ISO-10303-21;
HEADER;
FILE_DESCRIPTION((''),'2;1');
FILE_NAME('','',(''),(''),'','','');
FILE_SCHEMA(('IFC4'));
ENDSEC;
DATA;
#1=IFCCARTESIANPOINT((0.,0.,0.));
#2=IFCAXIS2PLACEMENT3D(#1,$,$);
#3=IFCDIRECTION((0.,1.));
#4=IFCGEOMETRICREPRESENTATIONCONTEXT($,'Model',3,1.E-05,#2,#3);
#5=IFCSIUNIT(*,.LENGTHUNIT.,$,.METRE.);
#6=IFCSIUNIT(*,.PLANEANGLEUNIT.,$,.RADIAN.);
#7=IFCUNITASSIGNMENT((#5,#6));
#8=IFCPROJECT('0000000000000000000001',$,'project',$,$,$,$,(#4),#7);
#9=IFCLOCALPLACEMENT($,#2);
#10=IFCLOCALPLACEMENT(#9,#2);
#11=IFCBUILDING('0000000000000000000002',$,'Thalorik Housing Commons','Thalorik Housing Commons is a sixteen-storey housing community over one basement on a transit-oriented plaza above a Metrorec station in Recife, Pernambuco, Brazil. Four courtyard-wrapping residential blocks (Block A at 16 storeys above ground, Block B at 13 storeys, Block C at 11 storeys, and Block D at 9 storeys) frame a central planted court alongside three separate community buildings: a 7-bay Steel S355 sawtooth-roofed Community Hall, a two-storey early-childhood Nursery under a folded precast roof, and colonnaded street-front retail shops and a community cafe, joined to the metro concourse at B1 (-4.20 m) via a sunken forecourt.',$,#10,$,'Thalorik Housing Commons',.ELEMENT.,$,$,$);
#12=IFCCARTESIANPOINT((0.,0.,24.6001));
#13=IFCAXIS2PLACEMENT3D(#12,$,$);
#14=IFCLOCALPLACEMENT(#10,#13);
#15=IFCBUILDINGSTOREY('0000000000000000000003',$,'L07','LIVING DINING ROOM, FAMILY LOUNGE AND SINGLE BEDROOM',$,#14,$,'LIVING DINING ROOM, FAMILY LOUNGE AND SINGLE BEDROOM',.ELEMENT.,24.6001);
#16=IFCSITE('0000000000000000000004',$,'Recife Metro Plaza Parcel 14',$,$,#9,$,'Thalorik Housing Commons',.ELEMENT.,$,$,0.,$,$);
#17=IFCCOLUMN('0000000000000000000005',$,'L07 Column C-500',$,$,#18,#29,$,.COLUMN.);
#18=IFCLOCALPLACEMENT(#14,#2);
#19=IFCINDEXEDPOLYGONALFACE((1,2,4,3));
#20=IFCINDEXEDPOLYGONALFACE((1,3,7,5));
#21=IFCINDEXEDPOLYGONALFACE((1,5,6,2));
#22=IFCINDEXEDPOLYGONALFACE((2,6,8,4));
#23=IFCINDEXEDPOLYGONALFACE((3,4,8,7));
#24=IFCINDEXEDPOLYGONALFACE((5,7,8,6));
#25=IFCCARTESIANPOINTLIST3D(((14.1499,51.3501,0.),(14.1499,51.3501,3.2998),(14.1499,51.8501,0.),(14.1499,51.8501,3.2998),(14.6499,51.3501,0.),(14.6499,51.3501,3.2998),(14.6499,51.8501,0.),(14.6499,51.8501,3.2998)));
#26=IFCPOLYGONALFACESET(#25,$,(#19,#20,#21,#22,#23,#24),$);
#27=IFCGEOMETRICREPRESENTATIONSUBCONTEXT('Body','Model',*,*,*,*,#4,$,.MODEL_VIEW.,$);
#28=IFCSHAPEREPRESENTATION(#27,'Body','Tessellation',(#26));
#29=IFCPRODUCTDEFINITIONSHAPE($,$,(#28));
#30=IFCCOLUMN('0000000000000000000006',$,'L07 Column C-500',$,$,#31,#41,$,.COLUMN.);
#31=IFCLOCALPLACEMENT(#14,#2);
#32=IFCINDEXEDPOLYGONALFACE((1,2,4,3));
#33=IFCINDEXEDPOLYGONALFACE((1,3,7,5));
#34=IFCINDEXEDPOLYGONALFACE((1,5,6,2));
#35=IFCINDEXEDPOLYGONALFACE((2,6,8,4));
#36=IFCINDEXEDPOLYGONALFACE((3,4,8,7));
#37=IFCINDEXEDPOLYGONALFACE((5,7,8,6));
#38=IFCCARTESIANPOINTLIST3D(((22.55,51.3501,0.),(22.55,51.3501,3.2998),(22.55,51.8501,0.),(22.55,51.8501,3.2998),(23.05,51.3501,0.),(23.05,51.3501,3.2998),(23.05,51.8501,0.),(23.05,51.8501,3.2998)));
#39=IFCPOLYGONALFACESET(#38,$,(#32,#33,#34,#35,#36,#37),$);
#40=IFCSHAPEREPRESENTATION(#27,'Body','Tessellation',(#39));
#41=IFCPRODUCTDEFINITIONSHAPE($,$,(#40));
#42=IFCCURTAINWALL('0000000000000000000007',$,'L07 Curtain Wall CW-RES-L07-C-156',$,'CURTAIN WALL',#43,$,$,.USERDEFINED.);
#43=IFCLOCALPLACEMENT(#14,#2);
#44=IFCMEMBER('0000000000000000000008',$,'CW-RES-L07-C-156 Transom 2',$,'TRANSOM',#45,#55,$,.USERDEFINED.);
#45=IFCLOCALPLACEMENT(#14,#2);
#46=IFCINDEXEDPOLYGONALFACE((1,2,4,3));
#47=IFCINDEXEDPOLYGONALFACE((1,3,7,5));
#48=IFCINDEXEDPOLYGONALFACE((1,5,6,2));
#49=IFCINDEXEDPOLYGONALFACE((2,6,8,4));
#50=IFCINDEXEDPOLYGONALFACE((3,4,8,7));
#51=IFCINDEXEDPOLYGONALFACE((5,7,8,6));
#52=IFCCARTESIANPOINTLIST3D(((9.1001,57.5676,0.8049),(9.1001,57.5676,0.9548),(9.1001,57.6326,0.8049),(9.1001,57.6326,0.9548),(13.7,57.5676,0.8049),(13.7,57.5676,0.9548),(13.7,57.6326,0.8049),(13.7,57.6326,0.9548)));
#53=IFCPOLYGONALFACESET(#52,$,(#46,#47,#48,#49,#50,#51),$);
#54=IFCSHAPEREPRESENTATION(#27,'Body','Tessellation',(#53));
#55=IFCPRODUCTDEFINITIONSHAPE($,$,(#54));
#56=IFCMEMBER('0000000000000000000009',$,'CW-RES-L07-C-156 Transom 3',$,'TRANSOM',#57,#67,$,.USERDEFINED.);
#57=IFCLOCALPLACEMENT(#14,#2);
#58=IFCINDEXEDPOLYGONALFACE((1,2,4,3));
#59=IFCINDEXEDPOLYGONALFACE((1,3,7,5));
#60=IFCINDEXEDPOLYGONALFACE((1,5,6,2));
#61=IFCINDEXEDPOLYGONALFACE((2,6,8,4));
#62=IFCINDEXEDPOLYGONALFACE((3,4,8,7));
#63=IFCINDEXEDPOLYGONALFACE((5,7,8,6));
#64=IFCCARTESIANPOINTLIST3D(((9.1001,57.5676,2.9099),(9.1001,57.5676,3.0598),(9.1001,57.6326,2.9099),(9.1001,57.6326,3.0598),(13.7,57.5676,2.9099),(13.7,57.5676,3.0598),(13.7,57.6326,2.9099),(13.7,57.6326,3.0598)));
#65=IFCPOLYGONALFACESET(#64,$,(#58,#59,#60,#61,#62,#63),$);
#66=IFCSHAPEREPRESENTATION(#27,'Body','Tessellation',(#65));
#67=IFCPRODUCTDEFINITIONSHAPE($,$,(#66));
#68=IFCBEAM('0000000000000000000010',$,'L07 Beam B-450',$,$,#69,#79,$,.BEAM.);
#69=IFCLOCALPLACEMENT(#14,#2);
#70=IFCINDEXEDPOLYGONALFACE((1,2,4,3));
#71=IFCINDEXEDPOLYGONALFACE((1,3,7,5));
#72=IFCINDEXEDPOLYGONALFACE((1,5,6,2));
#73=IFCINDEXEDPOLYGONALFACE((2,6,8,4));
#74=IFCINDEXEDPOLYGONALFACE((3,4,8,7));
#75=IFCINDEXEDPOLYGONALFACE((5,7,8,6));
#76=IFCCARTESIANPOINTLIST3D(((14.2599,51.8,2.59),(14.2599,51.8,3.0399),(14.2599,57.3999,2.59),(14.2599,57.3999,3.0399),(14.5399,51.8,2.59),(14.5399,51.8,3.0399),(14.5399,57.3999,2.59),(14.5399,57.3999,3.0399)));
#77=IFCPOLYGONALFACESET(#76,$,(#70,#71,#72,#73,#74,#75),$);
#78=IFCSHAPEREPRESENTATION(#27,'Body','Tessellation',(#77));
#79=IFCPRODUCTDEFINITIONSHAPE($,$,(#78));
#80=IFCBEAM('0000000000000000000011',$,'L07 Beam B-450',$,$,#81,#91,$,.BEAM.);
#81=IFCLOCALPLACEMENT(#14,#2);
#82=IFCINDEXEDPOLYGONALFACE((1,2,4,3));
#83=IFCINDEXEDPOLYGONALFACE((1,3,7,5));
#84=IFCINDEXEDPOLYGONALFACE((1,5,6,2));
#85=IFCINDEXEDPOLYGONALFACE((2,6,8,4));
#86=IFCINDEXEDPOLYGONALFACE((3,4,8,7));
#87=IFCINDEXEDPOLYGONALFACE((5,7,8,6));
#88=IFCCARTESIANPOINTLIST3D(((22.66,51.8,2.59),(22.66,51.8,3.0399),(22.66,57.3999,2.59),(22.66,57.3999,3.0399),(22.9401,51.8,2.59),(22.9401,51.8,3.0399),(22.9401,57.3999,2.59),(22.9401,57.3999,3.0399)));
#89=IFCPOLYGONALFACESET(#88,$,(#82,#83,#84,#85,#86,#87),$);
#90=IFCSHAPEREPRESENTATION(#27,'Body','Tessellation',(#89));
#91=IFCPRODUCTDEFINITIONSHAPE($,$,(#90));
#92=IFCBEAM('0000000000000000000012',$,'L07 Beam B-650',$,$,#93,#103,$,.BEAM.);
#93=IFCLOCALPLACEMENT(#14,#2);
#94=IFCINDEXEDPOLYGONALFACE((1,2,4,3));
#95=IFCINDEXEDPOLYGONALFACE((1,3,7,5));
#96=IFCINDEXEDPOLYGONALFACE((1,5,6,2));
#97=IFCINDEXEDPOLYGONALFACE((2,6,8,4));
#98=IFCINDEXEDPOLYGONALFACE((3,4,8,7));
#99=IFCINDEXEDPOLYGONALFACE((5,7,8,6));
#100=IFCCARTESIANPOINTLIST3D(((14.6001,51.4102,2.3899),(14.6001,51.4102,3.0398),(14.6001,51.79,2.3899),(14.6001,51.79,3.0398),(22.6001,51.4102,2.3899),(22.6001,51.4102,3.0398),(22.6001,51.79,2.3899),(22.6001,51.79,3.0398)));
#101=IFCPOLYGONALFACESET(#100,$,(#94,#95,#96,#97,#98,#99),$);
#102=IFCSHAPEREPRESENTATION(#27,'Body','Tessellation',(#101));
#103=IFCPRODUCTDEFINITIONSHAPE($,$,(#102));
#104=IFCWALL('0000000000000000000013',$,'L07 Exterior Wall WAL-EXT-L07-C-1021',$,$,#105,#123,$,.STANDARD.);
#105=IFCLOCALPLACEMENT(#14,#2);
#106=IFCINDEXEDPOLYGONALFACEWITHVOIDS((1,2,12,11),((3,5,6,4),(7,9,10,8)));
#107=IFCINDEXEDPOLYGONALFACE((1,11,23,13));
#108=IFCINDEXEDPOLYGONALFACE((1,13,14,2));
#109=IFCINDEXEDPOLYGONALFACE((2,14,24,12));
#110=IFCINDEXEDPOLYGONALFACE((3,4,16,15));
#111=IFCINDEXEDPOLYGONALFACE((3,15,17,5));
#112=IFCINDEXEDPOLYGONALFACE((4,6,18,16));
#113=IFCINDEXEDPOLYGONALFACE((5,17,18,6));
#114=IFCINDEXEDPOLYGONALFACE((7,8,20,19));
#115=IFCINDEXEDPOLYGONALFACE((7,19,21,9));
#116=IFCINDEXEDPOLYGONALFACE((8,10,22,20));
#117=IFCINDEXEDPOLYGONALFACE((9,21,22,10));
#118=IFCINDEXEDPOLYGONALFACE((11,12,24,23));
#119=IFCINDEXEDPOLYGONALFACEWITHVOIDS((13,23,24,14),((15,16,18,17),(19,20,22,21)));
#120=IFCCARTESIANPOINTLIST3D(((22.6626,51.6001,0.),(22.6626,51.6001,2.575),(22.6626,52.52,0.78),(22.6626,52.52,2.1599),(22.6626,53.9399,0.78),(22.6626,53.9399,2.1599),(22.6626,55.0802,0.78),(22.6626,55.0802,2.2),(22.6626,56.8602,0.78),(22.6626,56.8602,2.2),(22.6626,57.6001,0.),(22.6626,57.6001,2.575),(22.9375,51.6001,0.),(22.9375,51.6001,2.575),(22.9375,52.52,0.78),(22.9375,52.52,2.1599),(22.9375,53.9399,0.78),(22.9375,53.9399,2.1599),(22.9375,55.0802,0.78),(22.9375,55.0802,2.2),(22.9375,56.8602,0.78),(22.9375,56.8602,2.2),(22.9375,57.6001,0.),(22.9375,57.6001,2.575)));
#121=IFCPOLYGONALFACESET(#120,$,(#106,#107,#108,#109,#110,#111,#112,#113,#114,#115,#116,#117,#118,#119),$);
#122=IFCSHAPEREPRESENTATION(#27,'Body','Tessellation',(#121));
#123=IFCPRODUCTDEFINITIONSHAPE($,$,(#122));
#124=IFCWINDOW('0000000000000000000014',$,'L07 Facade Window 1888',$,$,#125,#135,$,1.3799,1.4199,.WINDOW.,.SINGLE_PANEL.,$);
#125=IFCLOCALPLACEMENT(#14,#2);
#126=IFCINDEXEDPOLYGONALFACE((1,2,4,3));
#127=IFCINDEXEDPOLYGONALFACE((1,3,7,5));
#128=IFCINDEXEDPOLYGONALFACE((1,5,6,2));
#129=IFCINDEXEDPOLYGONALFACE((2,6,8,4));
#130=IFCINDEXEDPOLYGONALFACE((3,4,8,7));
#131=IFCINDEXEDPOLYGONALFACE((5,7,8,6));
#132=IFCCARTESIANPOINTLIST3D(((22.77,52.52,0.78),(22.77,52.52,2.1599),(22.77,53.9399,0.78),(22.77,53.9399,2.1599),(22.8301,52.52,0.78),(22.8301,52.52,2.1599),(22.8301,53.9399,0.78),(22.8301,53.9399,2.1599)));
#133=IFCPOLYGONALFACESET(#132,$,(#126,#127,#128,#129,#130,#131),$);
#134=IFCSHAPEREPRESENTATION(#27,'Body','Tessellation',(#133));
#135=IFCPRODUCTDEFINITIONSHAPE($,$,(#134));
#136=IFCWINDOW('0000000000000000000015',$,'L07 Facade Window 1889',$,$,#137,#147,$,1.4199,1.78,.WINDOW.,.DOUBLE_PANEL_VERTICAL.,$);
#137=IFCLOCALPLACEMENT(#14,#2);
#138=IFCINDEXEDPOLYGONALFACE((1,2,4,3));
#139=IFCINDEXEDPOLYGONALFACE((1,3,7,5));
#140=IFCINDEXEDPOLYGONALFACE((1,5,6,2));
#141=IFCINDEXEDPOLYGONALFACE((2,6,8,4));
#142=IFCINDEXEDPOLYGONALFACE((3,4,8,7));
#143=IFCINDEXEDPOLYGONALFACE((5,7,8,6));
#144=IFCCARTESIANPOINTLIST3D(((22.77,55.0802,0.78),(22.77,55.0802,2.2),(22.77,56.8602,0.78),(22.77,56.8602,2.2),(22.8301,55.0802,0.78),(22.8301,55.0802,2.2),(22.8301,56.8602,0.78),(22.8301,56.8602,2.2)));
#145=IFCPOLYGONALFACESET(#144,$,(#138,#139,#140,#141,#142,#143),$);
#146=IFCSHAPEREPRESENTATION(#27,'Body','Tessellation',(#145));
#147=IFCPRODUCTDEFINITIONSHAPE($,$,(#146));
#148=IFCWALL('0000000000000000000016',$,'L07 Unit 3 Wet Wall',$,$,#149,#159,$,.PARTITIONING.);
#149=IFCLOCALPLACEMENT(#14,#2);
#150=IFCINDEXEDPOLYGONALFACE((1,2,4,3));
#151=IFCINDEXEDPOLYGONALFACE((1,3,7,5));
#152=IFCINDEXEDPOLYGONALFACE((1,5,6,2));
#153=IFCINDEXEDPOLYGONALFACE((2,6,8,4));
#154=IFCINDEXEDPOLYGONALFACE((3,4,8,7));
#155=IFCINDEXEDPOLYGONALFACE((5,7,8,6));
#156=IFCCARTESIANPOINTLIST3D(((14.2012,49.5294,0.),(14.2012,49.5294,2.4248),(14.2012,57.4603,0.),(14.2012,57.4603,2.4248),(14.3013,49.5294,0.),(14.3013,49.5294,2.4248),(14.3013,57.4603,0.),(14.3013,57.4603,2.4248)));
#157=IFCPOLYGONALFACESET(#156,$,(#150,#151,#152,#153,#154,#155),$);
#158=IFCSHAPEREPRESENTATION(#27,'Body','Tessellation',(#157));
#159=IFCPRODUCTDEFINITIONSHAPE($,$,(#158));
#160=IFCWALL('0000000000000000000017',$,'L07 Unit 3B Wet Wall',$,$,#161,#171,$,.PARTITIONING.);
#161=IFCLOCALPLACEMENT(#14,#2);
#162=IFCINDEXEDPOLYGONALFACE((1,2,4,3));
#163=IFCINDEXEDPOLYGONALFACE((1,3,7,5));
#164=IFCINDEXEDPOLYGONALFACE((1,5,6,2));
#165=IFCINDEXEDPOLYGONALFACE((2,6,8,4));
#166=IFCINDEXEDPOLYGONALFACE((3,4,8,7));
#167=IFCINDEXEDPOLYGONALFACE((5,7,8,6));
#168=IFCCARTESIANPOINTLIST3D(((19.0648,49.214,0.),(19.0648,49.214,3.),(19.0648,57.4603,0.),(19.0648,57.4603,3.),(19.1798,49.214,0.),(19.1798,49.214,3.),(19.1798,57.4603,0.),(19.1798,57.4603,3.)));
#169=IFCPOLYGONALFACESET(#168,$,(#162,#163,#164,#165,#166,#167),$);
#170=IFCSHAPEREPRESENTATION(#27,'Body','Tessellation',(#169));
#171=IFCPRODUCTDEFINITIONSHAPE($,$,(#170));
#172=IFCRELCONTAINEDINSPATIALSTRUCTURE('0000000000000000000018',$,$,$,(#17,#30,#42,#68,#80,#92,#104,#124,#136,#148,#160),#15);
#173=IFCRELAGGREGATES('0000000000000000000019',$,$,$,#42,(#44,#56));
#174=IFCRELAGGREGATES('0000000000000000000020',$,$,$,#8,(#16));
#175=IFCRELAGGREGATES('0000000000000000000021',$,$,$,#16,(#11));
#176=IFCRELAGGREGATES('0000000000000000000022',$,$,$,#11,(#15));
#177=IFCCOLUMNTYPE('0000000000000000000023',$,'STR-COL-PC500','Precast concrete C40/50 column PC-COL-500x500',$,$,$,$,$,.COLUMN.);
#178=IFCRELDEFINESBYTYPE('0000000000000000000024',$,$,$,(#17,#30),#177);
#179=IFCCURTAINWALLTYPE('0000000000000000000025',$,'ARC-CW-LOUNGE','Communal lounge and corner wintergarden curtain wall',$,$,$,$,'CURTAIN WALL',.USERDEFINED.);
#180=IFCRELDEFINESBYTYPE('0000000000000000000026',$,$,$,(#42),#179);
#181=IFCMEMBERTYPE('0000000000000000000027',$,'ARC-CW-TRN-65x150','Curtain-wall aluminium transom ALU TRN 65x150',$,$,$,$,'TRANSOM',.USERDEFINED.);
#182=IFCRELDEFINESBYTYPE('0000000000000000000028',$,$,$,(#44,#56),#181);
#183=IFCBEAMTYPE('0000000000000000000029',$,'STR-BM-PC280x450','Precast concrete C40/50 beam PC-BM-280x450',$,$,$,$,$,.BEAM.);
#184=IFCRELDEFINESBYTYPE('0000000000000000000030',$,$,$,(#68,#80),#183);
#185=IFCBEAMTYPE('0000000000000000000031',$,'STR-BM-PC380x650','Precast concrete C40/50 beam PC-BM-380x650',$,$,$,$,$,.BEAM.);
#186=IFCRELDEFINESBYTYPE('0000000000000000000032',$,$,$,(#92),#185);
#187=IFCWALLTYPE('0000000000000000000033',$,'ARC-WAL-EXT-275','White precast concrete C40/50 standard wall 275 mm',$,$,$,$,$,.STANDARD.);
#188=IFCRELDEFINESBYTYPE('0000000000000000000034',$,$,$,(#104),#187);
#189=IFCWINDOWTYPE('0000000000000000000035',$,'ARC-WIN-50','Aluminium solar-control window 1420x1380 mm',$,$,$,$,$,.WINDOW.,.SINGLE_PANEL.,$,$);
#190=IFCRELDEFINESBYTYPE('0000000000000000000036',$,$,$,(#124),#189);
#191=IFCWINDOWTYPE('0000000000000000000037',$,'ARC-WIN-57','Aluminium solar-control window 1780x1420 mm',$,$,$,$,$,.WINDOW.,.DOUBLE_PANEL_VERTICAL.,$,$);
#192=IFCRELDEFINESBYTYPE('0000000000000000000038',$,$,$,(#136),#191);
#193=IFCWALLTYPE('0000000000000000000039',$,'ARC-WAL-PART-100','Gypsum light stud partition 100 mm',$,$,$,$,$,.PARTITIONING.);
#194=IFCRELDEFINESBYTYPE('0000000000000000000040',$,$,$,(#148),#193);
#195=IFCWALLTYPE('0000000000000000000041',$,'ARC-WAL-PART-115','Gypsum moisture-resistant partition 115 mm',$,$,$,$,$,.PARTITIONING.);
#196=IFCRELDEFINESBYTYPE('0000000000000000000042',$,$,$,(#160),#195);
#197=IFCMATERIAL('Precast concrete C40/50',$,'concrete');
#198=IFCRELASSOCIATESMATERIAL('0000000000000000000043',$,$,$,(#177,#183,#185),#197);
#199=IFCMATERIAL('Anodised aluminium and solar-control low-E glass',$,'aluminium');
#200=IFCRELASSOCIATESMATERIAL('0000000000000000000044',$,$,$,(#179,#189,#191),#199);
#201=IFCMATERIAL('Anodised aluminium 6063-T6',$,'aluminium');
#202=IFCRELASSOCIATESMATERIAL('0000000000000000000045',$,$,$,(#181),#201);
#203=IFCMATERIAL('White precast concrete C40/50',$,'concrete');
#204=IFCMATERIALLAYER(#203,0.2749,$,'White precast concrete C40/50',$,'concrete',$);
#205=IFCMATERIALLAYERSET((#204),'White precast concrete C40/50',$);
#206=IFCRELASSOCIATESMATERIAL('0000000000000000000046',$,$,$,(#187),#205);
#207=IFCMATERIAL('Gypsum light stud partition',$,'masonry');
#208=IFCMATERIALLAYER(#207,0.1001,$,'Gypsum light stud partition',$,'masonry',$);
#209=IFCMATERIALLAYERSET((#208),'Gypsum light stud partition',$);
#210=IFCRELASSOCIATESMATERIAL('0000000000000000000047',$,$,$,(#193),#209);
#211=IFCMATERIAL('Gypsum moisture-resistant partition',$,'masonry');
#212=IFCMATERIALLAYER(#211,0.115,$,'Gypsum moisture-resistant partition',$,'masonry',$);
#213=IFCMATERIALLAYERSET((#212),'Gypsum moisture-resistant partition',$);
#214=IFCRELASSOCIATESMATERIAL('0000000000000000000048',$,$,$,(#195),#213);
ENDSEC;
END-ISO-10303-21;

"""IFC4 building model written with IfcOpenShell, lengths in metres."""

from ifc_helpers import new_model, si_unit, direction, frame, frame_2d, origin, origin_2d, place, context, subcontext, project, spatial, rectangle, extrude, material, layer, layer_set, material_profile, profile_set, type_object, element, fill, aggregate, save


model = new_model("IFC4")

# Units and contexts
model_context = context("Model", 3, precision=1e-05, world=origin(), true_north=direction((0.0, 1.0)))
body_context = subcontext(model_context, "Body", "Model", "MODEL_VIEW")
ifc_project = project(units=[si_unit("LENGTHUNIT", "METRE"), si_unit("PLANEANGLEUNIT", "RADIAN")], contexts=[model_context])

# Site, building, storey
site_placement = place(None, origin())
site = spatial("IfcSite", under=ifc_project, at=site_placement, Name="Recife Metro Plaza Parcel 14", LongName="Thalorik Housing Commons", CompositionType="ELEMENT", RefElevation=0.0)
building_placement = place(site_placement, origin())
building = spatial("IfcBuilding", under=site, at=building_placement, Name="Thalorik Housing Commons", Description="Thalorik Housing Commons is a sixteen-storey housing community over one basement on a transit-oriented plaza above a Metrorec station in Recife, Pernambuco, Brazil. Four courtyard-wrapping residential blocks (Block A at 16 storeys above ground, Block B at 13 storeys, Block C at 11 storeys, and Block D at 9 storeys) frame a central planted court alongside three separate community buildings: a 7-bay Steel S355 sawtooth-roofed Community Hall, a two-storey early-childhood Nursery under a folded precast roof, and colonnaded street-front retail shops and a community cafe, joined to the metro concourse at B1 (-4.20 m) via a sunken forecourt.", LongName="Thalorik Housing Commons", CompositionType="ELEMENT")
storey_placement = place(building_placement, frame((0.0, 0.0, 24.6001)))
storey = spatial("IfcBuildingStorey", under=building, at=storey_placement, Name="L07", Description="LIVING DINING ROOM, FAMILY LOUNGE AND SINGLE BEDROOM", LongName="LIVING DINING ROOM, FAMILY LOUNGE AND SINGLE BEDROOM", CompositionType="ELEMENT", Elevation=24.6001)

# Columns
ifc_material_1 = material(Name="Precast concrete C40/50", Category="concrete")
ifc_material_profile_1 = material_profile(ifc_material_1, rectangle(XDim=0.5, YDim=0.5, at=origin_2d()), Name="PC 500x500", Category="concrete")
ifc_profile_set_1 = profile_set([ifc_material_profile_1], Name="Precast concrete C40/50")
column_type = type_object("IfcColumnType", Name="STR-COL-PC500", Description="Precast concrete C40/50 column PC-COL-500x500", PredefinedType="COLUMN", material=ifc_profile_set_1)
for number, where, z_axis, x_axis, name in (
    (1, (14.3999, 51.6001, 0.0), (0.0, 0.0, 1.0), (1.0, 0.0, 0.0), "L07 Column C-500"),
    (2, (22.8, 51.6001, 0.0), (0.0, 0.0, 1.0), (1.0, 0.0, 0.0), "L07 Column C-500"),
):
    element("IfcColumn", number, at=place(storey_placement, frame(where, z_axis=z_axis, x_axis=x_axis)), inside=storey, type_object=column_type, Name=name, PredefinedType="COLUMN", context=body_context, shape_type="SweptSolid", body=[
        extrude(rectangle(XDim=0.5, YDim=0.5, at=origin_2d()), origin(), (0.0, 0.0, 1.0), 3.2998),
    ])

# Curtain wall, members
ifc_material_2 = material(Name="Anodised aluminium and solar-control low-E glass", Category="aluminium")
curtain_wall_type = type_object("IfcCurtainWallType", Name="ARC-CW-LOUNGE", Description="Communal lounge and corner wintergarden curtain wall", ElementType="CURTAIN WALL", PredefinedType="USERDEFINED", material=ifc_material_2)
curtain_wall_placement = place(storey_placement, origin())
curtain_wall = element("IfcCurtainWall", 3, at=curtain_wall_placement, inside=storey, type_object=curtain_wall_type, Name="L07 Curtain Wall CW-RES-L07-C-156", ObjectType="CURTAIN WALL", PredefinedType="USERDEFINED")
ifc_material_3 = material(Name="Anodised aluminium 6063-T6", Category="aluminium")
ifc_material_profile_2 = material_profile(ifc_material_3, rectangle(XDim=0.0649, YDim=0.1499, at=origin_2d()), Name="ALU TRN 65x150", Category="aluminium")
ifc_profile_set_2 = profile_set([ifc_material_profile_2], Name="Anodised aluminium 6063-T6")
member_type = type_object("IfcMemberType", Name="ARC-CW-TRN-65x150", Description="Curtain-wall aluminium transom ALU TRN 65x150", ElementType="TRANSOM", PredefinedType="USERDEFINED", material=ifc_profile_set_2)
member_1_placement = place(storey_placement, frame((13.7, 57.6001, 0.8799), z_axis=(-1.0, 0.0, 0.0), x_axis=(0.0, -1.0, 0.0)))
member_1 = element("IfcMember", 4, at=member_1_placement, type_object=member_type, Name="CW-RES-L07-C-156 Transom 2", ObjectType="TRANSOM", PredefinedType="USERDEFINED", context=body_context, shape_type="SweptSolid", body=[
    extrude(rectangle(XDim=0.0649, YDim=0.1499, at=origin_2d()), origin(), (0.0, 0.0, 1.0), 4.5999),
])
member_2_placement = place(storey_placement, frame((13.7, 57.6001, 2.9849), z_axis=(-1.0, 0.0, 0.0), x_axis=(0.0, -1.0, 0.0)))
member_2 = element("IfcMember", 5, at=member_2_placement, type_object=member_type, Name="CW-RES-L07-C-156 Transom 3", ObjectType="TRANSOM", PredefinedType="USERDEFINED", context=body_context, shape_type="SweptSolid", body=[
    extrude(rectangle(XDim=0.0649, YDim=0.1499, at=origin_2d()), origin(), (0.0, 0.0, 1.0), 4.5999),
])
aggregate(curtain_wall, [member_1, member_2])

# Beams
ifc_material_profile_3 = material_profile(ifc_material_1, rectangle(XDim=0.28, YDim=0.45, at=origin_2d()), Name="PC 280x450", Category="concrete")
ifc_profile_set_3 = profile_set([ifc_material_profile_3], Name="Precast concrete C40/50")
beam_type_1 = type_object("IfcBeamType", Name="STR-BM-PC280x450", Description="Precast concrete C40/50 beam PC-BM-280x450", PredefinedType="BEAM", material=ifc_profile_set_3)
for number, where, z_axis, x_axis, name in (
    (6, (14.3999, 51.8, 2.8149), (0.0, 1.0, 0.0), (-1.0, 0.0, 0.0), "L07 Beam B-450"),
    (7, (22.8, 51.8, 2.8149), (0.0, 1.0, 0.0), (-1.0, 0.0, 0.0), "L07 Beam B-450"),
):
    element("IfcBeam", number, at=place(storey_placement, frame(where, z_axis=z_axis, x_axis=x_axis)), inside=storey, type_object=beam_type_1, Name=name, PredefinedType="BEAM", context=body_context, shape_type="SweptSolid", body=[
        extrude(rectangle(XDim=0.28, YDim=0.45, at=origin_2d()), origin(), (0.0, 0.0, 1.0), 5.5999),
    ])
ifc_material_profile_4 = material_profile(ifc_material_1, rectangle(XDim=0.3799, YDim=0.6499, at=origin_2d()), Name="PC 380x650", Category="concrete")
ifc_profile_set_4 = profile_set([ifc_material_profile_4], Name="Precast concrete C40/50")
beam_type_2 = type_object("IfcBeamType", Name="STR-BM-PC380x650", Description="Precast concrete C40/50 beam PC-BM-380x650", PredefinedType="BEAM", material=ifc_profile_set_4)
beam_placement = place(storey_placement, frame((14.6001, 51.6001, 2.7148), z_axis=(1.0, 0.0, 0.0), x_axis=(0.0, 1.0, 0.0)))
element("IfcBeam", 8, at=beam_placement, inside=storey, type_object=beam_type_2, Name="L07 Beam B-650", PredefinedType="BEAM", context=body_context, shape_type="SweptSolid", body=[
    extrude(rectangle(XDim=0.3799, YDim=0.6499, at=origin_2d()), origin(), (0.0, 0.0, 1.0), 8.0),
])

# Wall, openings, windows
ifc_material_4 = material(Name="White precast concrete C40/50", Category="concrete")
ifc_layer_1 = layer(ifc_material_4, 0.2749, Name="White precast concrete C40/50", Category="concrete")
ifc_layer_set_1 = layer_set([ifc_layer_1], Name="White precast concrete C40/50")
wall_type_1 = type_object("IfcWallType", Name="ARC-WAL-EXT-275", Description="White precast concrete C40/50 standard wall 275 mm", PredefinedType="STANDARD", material=ifc_layer_set_1)
wall_1_placement = place(storey_placement, frame((22.8, 51.6001, 0.0), z_axis=(0.0, 0.0, 1.0), x_axis=(0.0, 1.0, 0.0)))
wall_1 = element("IfcWall", 9, at=wall_1_placement, inside=storey, type_object=wall_type_1, Name="L07 Exterior Wall WAL-EXT-L07-C-1021", PredefinedType="STANDARD", context=body_context, shape_type="SweptSolid", body=[
    extrude(rectangle(XDim=6.0, YDim=0.2749, at=frame_2d((3.0, 0.0))), origin(), (0.0, 0.0, 1.0), 2.575),
])
opening_1_placement = place(wall_1_placement, frame((0.9199, 0.0, 0.78)))
opening_1 = element("IfcOpeningElement", 10, at=opening_1_placement, cuts=wall_1, PredefinedType="OPENING", context=body_context, shape_type="SweptSolid", body=[
    extrude(rectangle(XDim=1.4199, YDim=1.3799, at=frame_2d((0.71, 0.6899))), frame((0.0, 0.1475, 0.0), z_axis=(0.0, -1.0, 0.0), x_axis=(1.0, 0.0, 0.0)), (0.0, 0.0, 1.0), 0.2949),
])
opening_2_placement = place(wall_1_placement, frame((3.48, 0.0, 0.78)))
opening_2 = element("IfcOpeningElement", 11, at=opening_2_placement, cuts=wall_1, PredefinedType="OPENING", context=body_context, shape_type="SweptSolid", body=[
    extrude(rectangle(XDim=1.78, YDim=1.4199, at=frame_2d((0.8901, 0.71))), frame((0.0, 0.1475, 0.0), z_axis=(0.0, -1.0, 0.0), x_axis=(1.0, 0.0, 0.0)), (0.0, 0.0, 1.0), 0.2949),
])
window_type_1 = type_object("IfcWindowType", Name="ARC-WIN-50", Description="Aluminium solar-control window 1420x1380 mm", PartitioningType="SINGLE_PANEL", PredefinedType="WINDOW", material=ifc_material_2)
window_1_placement = place(opening_1_placement, origin())
window_1 = element("IfcWindow", 12, at=window_1_placement, inside=storey, type_object=window_type_1, Name="L07 Facade Window 1888", OverallHeight=1.3799, OverallWidth=1.4199, PartitioningType="SINGLE_PANEL", PredefinedType="WINDOW", context=body_context, shape_type="SweptSolid", body=[
    extrude(rectangle(XDim=1.4199, YDim=1.3799, at=frame_2d((0.71, 0.6899))), frame((0.0, 0.03, 0.0), z_axis=(0.0, -1.0, 0.0), x_axis=(1.0, 0.0, 0.0)), (0.0, 0.0, 1.0), 0.0601),
])
fill(opening_1, window_1)
window_type_2 = type_object("IfcWindowType", Name="ARC-WIN-57", Description="Aluminium solar-control window 1780x1420 mm", PartitioningType="DOUBLE_PANEL_VERTICAL", PredefinedType="WINDOW", material=ifc_material_2)
window_2_placement = place(opening_2_placement, origin())
window_2 = element("IfcWindow", 13, at=window_2_placement, inside=storey, type_object=window_type_2, Name="L07 Facade Window 1889", OverallHeight=1.4199, OverallWidth=1.78, PartitioningType="DOUBLE_PANEL_VERTICAL", PredefinedType="WINDOW", context=body_context, shape_type="SweptSolid", body=[
    extrude(rectangle(XDim=1.78, YDim=1.4199, at=frame_2d((0.8901, 0.71))), frame((0.0, 0.03, 0.0), z_axis=(0.0, -1.0, 0.0), x_axis=(1.0, 0.0, 0.0)), (0.0, 0.0, 1.0), 0.0601),
])
fill(opening_2, window_2)

# Walls
ifc_material_5 = material(Name="Gypsum light stud partition", Category="masonry")
ifc_layer_2 = layer(ifc_material_5, 0.1001, Name="Gypsum light stud partition", Category="masonry")
ifc_layer_set_2 = layer_set([ifc_layer_2], Name="Gypsum light stud partition")
wall_type_2 = type_object("IfcWallType", Name="ARC-WAL-PART-100", Description="Gypsum light stud partition 100 mm", PredefinedType="PARTITIONING", material=ifc_layer_set_2)
wall_2_placement = place(storey_placement, frame((14.2512, 49.5295, 0.0), z_axis=(0.0, 0.0, 1.0), x_axis=(0.0, 1.0, 0.0)))
element("IfcWall", 14, at=wall_2_placement, inside=storey, type_object=wall_type_2, Name="L07 Unit 3 Wet Wall", PredefinedType="PARTITIONING", context=body_context, shape_type="SweptSolid", body=[
    extrude(rectangle(XDim=7.9309, YDim=0.1001, at=frame_2d((3.9653, 0.0))), origin(), (0.0, 0.0, 1.0), 2.4248),
])
ifc_material_6 = material(Name="Gypsum moisture-resistant partition", Category="masonry")
ifc_layer_3 = layer(ifc_material_6, 0.115, Name="Gypsum moisture-resistant partition", Category="masonry")
ifc_layer_set_3 = layer_set([ifc_layer_3], Name="Gypsum moisture-resistant partition")
wall_type_3 = type_object("IfcWallType", Name="ARC-WAL-PART-115", Description="Gypsum moisture-resistant partition 115 mm", PredefinedType="PARTITIONING", material=ifc_layer_set_3)
wall_3_placement = place(storey_placement, frame((19.1223, 49.2141, 0.0), z_axis=(0.0, 0.0, 1.0), x_axis=(0.0, 1.0, 0.0)))
element("IfcWall", 15, at=wall_3_placement, inside=storey, type_object=wall_type_3, Name="L07 Unit 3B Wet Wall", PredefinedType="PARTITIONING", context=body_context, shape_type="SweptSolid", body=[
    extrude(rectangle(XDim=8.2463, YDim=0.115, at=frame_2d((4.123, 0.0))), origin(), (0.0, 0.0, 1.0), 3.0),
])

save(model, "model.ifc")
